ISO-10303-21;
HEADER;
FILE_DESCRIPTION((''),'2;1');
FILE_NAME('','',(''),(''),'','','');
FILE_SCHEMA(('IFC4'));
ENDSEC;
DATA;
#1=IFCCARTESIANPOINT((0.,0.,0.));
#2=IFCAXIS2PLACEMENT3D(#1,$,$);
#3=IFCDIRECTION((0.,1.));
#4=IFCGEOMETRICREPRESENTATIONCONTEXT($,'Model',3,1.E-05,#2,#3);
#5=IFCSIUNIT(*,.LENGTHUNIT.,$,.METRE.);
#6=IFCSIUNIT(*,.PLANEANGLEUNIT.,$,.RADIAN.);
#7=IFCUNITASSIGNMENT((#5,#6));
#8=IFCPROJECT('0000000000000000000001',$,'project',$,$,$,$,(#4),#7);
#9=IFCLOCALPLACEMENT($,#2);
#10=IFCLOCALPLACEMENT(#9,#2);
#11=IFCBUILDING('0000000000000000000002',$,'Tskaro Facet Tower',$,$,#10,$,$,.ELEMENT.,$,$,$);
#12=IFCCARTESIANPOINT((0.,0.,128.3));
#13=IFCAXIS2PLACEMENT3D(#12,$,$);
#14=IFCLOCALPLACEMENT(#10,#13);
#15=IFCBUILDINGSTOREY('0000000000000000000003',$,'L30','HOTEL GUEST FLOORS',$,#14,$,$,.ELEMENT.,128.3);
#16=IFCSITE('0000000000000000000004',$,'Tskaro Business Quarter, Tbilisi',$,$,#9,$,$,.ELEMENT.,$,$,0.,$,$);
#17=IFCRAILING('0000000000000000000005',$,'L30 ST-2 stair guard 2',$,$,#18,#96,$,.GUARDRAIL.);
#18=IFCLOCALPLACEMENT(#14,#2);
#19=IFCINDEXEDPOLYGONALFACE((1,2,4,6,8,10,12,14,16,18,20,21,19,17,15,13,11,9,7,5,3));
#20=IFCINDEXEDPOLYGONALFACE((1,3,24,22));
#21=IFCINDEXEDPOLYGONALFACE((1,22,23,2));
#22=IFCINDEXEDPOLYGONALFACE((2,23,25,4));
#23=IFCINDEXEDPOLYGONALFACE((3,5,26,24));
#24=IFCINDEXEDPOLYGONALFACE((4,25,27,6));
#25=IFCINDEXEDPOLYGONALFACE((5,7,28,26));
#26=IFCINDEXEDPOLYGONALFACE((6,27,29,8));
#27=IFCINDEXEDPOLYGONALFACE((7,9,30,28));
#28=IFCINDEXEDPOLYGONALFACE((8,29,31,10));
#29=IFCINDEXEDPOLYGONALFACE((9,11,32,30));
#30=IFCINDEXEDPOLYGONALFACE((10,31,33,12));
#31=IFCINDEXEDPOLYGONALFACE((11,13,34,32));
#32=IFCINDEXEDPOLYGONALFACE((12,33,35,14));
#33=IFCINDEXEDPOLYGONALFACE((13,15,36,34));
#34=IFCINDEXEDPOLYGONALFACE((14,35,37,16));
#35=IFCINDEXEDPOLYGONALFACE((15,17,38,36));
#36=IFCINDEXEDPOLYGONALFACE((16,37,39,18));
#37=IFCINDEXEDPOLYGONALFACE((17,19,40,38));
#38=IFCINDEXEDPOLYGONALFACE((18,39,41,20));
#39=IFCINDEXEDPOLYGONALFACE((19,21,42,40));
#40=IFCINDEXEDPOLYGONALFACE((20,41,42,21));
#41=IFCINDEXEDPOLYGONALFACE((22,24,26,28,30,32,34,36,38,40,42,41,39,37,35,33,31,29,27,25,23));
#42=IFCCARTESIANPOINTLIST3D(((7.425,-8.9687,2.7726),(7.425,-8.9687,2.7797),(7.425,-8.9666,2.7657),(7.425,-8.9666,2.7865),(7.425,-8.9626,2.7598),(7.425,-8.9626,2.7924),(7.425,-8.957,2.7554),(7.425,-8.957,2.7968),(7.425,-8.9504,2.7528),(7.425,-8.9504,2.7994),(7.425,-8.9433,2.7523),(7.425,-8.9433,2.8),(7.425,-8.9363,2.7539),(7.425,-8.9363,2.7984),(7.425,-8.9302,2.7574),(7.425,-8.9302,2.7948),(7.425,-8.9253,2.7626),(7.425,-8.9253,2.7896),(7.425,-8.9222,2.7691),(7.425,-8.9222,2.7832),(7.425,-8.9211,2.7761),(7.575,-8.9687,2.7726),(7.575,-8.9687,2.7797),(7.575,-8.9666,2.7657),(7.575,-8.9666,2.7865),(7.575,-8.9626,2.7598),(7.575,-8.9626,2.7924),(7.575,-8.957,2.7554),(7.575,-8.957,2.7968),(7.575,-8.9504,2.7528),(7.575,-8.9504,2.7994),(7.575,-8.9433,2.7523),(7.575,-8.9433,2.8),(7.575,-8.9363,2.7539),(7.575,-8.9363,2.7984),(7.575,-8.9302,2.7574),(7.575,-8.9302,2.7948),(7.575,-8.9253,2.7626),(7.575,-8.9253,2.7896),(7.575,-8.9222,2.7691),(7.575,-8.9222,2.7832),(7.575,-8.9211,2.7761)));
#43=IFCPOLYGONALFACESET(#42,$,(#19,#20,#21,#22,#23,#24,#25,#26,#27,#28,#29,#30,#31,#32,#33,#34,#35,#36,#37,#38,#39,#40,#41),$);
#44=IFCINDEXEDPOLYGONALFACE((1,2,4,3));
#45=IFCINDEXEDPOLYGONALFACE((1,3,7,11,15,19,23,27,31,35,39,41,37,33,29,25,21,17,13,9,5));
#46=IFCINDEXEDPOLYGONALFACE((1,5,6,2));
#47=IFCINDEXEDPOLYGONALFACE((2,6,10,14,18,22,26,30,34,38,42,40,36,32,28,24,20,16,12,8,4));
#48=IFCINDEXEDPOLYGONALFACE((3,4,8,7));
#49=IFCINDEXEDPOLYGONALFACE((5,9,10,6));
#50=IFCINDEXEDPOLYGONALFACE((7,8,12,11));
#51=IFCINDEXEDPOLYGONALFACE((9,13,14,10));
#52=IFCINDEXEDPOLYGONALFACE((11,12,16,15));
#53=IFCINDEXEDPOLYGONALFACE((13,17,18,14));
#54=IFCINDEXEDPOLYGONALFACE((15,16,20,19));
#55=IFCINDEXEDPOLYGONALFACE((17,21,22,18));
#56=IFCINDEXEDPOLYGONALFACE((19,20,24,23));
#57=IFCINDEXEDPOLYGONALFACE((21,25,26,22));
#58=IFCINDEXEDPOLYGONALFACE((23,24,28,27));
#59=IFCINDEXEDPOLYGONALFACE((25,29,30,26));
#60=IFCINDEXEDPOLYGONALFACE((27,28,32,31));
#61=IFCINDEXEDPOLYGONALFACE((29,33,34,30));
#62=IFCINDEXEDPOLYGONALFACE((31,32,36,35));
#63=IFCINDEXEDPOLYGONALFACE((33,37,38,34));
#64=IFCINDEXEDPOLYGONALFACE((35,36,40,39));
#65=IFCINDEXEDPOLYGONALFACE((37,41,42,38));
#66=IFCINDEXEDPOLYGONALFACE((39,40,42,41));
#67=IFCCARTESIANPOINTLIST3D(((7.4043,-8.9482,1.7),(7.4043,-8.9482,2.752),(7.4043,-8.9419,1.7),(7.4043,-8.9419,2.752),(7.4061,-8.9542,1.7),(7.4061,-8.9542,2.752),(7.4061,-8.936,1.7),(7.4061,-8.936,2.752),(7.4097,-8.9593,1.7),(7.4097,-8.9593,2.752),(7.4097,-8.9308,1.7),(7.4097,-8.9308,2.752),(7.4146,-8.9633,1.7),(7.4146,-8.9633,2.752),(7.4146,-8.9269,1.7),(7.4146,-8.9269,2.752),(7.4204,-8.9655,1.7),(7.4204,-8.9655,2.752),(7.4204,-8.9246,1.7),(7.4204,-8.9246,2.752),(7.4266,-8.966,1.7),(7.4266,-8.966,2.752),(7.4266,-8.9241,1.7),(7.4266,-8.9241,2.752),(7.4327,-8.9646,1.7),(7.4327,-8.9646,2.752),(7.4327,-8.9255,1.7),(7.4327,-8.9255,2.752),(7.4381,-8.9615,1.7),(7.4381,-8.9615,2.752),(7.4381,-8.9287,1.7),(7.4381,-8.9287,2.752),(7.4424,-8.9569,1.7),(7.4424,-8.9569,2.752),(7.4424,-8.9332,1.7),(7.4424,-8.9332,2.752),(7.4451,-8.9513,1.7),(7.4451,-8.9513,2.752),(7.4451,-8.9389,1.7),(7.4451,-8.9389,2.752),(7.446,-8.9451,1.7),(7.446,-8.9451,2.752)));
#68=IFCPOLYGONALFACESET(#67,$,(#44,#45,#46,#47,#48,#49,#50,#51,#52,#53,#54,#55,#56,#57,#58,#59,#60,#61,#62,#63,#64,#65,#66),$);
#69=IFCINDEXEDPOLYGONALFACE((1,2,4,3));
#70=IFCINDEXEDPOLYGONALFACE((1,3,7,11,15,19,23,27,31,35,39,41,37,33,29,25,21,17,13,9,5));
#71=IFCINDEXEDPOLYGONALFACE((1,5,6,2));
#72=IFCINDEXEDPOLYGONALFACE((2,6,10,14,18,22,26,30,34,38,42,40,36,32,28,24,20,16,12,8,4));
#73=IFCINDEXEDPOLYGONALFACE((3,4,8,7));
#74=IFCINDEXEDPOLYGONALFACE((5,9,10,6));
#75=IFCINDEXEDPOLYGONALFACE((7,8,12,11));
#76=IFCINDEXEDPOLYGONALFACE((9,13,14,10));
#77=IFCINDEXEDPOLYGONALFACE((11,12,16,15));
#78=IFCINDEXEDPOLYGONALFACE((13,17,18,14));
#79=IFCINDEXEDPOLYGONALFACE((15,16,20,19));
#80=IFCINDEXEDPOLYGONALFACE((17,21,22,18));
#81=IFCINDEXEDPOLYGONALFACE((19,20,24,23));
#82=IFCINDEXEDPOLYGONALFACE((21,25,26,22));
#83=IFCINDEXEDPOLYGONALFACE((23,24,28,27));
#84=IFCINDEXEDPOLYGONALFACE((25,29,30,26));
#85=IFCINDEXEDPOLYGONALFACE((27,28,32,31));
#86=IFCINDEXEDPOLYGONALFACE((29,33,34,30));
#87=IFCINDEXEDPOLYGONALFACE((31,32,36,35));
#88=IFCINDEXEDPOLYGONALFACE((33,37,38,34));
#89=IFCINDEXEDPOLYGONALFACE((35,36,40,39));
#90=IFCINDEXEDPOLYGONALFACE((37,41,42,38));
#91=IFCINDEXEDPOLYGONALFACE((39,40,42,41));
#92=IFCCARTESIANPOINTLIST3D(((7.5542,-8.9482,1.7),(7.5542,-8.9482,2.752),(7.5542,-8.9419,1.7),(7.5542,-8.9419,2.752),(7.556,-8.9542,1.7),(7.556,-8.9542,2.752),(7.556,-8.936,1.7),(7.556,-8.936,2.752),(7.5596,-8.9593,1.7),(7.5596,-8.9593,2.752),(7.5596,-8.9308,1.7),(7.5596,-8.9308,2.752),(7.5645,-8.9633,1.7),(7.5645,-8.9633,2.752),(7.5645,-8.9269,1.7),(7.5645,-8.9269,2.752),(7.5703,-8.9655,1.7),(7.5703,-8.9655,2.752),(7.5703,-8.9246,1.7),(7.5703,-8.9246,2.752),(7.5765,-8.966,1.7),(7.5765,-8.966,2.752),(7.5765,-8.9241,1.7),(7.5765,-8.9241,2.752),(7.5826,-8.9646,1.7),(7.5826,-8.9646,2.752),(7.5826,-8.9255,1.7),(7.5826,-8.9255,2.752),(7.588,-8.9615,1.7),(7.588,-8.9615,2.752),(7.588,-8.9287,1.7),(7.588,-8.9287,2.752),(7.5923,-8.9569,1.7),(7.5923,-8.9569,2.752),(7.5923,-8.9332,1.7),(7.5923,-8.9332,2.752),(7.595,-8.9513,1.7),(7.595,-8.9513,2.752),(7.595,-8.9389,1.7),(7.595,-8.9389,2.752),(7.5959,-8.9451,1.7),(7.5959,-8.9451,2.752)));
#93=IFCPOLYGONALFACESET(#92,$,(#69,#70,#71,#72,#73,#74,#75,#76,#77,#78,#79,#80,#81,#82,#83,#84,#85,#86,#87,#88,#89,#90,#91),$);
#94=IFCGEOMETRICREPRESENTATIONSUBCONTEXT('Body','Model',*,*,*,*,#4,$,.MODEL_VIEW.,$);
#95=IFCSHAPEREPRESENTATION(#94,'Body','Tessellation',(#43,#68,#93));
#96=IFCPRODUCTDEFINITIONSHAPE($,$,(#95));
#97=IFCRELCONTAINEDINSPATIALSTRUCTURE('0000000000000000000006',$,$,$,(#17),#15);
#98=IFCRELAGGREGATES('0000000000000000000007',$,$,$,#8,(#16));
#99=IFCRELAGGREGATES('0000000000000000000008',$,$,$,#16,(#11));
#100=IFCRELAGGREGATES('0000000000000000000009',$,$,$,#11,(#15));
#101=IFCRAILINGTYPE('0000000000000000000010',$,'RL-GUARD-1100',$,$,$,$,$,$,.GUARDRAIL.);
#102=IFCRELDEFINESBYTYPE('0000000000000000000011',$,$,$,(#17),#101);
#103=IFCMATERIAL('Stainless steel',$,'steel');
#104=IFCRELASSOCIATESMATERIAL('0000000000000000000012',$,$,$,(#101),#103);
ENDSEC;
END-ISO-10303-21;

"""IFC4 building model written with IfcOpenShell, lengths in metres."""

from ifc_helpers import new_model, si_unit, direction, frame, origin, origin_2d, place, context, subcontext, project, spatial, circle, extrude, material, type_object, element, save


model = new_model("IFC4")

# Units and contexts
model_context = context("Model", 3, precision=1e-05, world=origin(), true_north=direction((0.0, 1.0)))
body_context = subcontext(model_context, "Body", "Model", "MODEL_VIEW")
ifc_project = project(units=[si_unit("LENGTHUNIT", "METRE"), si_unit("PLANEANGLEUNIT", "RADIAN")], contexts=[model_context])

# Site, building, storey
site_placement = place(None, origin())
site = spatial("IfcSite", under=ifc_project, at=site_placement, Name="Tskaro Business Quarter, Tbilisi", CompositionType="ELEMENT", RefElevation=0.0)
building_placement = place(site_placement, origin())
building = spatial("IfcBuilding", under=site, at=building_placement, Name="Tskaro Facet Tower", CompositionType="ELEMENT")
storey_placement = place(building_placement, frame((0.0, 0.0, 128.3)))
storey = spatial("IfcBuildingStorey", under=building, at=storey_placement, Name="L30", Description="HOTEL GUEST FLOORS", CompositionType="ELEMENT", Elevation=128.3)

# Railing
ifc_material_1 = material(Name="Stainless steel", Category="steel")
railing_type_1 = type_object("IfcRailingType", Name="RL-GUARD-1100", PredefinedType="GUARDRAIL", material=ifc_material_1)
railing_1_placement = place(storey_placement, frame((7.425, -8.9451, 1.7)))
element("IfcRailing", 1, at=railing_1_placement, inside=storey, type_object=railing_type_1, Name="L30 ST-2 stair guard 2", PredefinedType="GUARDRAIL", context=body_context, shape_type="SweptSolid", body=[
    extrude(circle(Radius=0.0239, at=origin_2d()), frame((0.0, 0.0, 1.0762), z_axis=(1.0, 0.0, 0.0), x_axis=(0.0, 1.0, 0.0)), (0.0, 0.0, 1.0), 0.1499),
    extrude(circle(Radius=0.021, at=origin_2d()), origin(), (0.0, 0.0, 1.0), 1.052),
    extrude(circle(Radius=0.021, at=origin_2d()), frame((0.1499, 0.0, 0.0)), (0.0, 0.0, 1.0), 1.052),
])

save(model, "model.ifc")
